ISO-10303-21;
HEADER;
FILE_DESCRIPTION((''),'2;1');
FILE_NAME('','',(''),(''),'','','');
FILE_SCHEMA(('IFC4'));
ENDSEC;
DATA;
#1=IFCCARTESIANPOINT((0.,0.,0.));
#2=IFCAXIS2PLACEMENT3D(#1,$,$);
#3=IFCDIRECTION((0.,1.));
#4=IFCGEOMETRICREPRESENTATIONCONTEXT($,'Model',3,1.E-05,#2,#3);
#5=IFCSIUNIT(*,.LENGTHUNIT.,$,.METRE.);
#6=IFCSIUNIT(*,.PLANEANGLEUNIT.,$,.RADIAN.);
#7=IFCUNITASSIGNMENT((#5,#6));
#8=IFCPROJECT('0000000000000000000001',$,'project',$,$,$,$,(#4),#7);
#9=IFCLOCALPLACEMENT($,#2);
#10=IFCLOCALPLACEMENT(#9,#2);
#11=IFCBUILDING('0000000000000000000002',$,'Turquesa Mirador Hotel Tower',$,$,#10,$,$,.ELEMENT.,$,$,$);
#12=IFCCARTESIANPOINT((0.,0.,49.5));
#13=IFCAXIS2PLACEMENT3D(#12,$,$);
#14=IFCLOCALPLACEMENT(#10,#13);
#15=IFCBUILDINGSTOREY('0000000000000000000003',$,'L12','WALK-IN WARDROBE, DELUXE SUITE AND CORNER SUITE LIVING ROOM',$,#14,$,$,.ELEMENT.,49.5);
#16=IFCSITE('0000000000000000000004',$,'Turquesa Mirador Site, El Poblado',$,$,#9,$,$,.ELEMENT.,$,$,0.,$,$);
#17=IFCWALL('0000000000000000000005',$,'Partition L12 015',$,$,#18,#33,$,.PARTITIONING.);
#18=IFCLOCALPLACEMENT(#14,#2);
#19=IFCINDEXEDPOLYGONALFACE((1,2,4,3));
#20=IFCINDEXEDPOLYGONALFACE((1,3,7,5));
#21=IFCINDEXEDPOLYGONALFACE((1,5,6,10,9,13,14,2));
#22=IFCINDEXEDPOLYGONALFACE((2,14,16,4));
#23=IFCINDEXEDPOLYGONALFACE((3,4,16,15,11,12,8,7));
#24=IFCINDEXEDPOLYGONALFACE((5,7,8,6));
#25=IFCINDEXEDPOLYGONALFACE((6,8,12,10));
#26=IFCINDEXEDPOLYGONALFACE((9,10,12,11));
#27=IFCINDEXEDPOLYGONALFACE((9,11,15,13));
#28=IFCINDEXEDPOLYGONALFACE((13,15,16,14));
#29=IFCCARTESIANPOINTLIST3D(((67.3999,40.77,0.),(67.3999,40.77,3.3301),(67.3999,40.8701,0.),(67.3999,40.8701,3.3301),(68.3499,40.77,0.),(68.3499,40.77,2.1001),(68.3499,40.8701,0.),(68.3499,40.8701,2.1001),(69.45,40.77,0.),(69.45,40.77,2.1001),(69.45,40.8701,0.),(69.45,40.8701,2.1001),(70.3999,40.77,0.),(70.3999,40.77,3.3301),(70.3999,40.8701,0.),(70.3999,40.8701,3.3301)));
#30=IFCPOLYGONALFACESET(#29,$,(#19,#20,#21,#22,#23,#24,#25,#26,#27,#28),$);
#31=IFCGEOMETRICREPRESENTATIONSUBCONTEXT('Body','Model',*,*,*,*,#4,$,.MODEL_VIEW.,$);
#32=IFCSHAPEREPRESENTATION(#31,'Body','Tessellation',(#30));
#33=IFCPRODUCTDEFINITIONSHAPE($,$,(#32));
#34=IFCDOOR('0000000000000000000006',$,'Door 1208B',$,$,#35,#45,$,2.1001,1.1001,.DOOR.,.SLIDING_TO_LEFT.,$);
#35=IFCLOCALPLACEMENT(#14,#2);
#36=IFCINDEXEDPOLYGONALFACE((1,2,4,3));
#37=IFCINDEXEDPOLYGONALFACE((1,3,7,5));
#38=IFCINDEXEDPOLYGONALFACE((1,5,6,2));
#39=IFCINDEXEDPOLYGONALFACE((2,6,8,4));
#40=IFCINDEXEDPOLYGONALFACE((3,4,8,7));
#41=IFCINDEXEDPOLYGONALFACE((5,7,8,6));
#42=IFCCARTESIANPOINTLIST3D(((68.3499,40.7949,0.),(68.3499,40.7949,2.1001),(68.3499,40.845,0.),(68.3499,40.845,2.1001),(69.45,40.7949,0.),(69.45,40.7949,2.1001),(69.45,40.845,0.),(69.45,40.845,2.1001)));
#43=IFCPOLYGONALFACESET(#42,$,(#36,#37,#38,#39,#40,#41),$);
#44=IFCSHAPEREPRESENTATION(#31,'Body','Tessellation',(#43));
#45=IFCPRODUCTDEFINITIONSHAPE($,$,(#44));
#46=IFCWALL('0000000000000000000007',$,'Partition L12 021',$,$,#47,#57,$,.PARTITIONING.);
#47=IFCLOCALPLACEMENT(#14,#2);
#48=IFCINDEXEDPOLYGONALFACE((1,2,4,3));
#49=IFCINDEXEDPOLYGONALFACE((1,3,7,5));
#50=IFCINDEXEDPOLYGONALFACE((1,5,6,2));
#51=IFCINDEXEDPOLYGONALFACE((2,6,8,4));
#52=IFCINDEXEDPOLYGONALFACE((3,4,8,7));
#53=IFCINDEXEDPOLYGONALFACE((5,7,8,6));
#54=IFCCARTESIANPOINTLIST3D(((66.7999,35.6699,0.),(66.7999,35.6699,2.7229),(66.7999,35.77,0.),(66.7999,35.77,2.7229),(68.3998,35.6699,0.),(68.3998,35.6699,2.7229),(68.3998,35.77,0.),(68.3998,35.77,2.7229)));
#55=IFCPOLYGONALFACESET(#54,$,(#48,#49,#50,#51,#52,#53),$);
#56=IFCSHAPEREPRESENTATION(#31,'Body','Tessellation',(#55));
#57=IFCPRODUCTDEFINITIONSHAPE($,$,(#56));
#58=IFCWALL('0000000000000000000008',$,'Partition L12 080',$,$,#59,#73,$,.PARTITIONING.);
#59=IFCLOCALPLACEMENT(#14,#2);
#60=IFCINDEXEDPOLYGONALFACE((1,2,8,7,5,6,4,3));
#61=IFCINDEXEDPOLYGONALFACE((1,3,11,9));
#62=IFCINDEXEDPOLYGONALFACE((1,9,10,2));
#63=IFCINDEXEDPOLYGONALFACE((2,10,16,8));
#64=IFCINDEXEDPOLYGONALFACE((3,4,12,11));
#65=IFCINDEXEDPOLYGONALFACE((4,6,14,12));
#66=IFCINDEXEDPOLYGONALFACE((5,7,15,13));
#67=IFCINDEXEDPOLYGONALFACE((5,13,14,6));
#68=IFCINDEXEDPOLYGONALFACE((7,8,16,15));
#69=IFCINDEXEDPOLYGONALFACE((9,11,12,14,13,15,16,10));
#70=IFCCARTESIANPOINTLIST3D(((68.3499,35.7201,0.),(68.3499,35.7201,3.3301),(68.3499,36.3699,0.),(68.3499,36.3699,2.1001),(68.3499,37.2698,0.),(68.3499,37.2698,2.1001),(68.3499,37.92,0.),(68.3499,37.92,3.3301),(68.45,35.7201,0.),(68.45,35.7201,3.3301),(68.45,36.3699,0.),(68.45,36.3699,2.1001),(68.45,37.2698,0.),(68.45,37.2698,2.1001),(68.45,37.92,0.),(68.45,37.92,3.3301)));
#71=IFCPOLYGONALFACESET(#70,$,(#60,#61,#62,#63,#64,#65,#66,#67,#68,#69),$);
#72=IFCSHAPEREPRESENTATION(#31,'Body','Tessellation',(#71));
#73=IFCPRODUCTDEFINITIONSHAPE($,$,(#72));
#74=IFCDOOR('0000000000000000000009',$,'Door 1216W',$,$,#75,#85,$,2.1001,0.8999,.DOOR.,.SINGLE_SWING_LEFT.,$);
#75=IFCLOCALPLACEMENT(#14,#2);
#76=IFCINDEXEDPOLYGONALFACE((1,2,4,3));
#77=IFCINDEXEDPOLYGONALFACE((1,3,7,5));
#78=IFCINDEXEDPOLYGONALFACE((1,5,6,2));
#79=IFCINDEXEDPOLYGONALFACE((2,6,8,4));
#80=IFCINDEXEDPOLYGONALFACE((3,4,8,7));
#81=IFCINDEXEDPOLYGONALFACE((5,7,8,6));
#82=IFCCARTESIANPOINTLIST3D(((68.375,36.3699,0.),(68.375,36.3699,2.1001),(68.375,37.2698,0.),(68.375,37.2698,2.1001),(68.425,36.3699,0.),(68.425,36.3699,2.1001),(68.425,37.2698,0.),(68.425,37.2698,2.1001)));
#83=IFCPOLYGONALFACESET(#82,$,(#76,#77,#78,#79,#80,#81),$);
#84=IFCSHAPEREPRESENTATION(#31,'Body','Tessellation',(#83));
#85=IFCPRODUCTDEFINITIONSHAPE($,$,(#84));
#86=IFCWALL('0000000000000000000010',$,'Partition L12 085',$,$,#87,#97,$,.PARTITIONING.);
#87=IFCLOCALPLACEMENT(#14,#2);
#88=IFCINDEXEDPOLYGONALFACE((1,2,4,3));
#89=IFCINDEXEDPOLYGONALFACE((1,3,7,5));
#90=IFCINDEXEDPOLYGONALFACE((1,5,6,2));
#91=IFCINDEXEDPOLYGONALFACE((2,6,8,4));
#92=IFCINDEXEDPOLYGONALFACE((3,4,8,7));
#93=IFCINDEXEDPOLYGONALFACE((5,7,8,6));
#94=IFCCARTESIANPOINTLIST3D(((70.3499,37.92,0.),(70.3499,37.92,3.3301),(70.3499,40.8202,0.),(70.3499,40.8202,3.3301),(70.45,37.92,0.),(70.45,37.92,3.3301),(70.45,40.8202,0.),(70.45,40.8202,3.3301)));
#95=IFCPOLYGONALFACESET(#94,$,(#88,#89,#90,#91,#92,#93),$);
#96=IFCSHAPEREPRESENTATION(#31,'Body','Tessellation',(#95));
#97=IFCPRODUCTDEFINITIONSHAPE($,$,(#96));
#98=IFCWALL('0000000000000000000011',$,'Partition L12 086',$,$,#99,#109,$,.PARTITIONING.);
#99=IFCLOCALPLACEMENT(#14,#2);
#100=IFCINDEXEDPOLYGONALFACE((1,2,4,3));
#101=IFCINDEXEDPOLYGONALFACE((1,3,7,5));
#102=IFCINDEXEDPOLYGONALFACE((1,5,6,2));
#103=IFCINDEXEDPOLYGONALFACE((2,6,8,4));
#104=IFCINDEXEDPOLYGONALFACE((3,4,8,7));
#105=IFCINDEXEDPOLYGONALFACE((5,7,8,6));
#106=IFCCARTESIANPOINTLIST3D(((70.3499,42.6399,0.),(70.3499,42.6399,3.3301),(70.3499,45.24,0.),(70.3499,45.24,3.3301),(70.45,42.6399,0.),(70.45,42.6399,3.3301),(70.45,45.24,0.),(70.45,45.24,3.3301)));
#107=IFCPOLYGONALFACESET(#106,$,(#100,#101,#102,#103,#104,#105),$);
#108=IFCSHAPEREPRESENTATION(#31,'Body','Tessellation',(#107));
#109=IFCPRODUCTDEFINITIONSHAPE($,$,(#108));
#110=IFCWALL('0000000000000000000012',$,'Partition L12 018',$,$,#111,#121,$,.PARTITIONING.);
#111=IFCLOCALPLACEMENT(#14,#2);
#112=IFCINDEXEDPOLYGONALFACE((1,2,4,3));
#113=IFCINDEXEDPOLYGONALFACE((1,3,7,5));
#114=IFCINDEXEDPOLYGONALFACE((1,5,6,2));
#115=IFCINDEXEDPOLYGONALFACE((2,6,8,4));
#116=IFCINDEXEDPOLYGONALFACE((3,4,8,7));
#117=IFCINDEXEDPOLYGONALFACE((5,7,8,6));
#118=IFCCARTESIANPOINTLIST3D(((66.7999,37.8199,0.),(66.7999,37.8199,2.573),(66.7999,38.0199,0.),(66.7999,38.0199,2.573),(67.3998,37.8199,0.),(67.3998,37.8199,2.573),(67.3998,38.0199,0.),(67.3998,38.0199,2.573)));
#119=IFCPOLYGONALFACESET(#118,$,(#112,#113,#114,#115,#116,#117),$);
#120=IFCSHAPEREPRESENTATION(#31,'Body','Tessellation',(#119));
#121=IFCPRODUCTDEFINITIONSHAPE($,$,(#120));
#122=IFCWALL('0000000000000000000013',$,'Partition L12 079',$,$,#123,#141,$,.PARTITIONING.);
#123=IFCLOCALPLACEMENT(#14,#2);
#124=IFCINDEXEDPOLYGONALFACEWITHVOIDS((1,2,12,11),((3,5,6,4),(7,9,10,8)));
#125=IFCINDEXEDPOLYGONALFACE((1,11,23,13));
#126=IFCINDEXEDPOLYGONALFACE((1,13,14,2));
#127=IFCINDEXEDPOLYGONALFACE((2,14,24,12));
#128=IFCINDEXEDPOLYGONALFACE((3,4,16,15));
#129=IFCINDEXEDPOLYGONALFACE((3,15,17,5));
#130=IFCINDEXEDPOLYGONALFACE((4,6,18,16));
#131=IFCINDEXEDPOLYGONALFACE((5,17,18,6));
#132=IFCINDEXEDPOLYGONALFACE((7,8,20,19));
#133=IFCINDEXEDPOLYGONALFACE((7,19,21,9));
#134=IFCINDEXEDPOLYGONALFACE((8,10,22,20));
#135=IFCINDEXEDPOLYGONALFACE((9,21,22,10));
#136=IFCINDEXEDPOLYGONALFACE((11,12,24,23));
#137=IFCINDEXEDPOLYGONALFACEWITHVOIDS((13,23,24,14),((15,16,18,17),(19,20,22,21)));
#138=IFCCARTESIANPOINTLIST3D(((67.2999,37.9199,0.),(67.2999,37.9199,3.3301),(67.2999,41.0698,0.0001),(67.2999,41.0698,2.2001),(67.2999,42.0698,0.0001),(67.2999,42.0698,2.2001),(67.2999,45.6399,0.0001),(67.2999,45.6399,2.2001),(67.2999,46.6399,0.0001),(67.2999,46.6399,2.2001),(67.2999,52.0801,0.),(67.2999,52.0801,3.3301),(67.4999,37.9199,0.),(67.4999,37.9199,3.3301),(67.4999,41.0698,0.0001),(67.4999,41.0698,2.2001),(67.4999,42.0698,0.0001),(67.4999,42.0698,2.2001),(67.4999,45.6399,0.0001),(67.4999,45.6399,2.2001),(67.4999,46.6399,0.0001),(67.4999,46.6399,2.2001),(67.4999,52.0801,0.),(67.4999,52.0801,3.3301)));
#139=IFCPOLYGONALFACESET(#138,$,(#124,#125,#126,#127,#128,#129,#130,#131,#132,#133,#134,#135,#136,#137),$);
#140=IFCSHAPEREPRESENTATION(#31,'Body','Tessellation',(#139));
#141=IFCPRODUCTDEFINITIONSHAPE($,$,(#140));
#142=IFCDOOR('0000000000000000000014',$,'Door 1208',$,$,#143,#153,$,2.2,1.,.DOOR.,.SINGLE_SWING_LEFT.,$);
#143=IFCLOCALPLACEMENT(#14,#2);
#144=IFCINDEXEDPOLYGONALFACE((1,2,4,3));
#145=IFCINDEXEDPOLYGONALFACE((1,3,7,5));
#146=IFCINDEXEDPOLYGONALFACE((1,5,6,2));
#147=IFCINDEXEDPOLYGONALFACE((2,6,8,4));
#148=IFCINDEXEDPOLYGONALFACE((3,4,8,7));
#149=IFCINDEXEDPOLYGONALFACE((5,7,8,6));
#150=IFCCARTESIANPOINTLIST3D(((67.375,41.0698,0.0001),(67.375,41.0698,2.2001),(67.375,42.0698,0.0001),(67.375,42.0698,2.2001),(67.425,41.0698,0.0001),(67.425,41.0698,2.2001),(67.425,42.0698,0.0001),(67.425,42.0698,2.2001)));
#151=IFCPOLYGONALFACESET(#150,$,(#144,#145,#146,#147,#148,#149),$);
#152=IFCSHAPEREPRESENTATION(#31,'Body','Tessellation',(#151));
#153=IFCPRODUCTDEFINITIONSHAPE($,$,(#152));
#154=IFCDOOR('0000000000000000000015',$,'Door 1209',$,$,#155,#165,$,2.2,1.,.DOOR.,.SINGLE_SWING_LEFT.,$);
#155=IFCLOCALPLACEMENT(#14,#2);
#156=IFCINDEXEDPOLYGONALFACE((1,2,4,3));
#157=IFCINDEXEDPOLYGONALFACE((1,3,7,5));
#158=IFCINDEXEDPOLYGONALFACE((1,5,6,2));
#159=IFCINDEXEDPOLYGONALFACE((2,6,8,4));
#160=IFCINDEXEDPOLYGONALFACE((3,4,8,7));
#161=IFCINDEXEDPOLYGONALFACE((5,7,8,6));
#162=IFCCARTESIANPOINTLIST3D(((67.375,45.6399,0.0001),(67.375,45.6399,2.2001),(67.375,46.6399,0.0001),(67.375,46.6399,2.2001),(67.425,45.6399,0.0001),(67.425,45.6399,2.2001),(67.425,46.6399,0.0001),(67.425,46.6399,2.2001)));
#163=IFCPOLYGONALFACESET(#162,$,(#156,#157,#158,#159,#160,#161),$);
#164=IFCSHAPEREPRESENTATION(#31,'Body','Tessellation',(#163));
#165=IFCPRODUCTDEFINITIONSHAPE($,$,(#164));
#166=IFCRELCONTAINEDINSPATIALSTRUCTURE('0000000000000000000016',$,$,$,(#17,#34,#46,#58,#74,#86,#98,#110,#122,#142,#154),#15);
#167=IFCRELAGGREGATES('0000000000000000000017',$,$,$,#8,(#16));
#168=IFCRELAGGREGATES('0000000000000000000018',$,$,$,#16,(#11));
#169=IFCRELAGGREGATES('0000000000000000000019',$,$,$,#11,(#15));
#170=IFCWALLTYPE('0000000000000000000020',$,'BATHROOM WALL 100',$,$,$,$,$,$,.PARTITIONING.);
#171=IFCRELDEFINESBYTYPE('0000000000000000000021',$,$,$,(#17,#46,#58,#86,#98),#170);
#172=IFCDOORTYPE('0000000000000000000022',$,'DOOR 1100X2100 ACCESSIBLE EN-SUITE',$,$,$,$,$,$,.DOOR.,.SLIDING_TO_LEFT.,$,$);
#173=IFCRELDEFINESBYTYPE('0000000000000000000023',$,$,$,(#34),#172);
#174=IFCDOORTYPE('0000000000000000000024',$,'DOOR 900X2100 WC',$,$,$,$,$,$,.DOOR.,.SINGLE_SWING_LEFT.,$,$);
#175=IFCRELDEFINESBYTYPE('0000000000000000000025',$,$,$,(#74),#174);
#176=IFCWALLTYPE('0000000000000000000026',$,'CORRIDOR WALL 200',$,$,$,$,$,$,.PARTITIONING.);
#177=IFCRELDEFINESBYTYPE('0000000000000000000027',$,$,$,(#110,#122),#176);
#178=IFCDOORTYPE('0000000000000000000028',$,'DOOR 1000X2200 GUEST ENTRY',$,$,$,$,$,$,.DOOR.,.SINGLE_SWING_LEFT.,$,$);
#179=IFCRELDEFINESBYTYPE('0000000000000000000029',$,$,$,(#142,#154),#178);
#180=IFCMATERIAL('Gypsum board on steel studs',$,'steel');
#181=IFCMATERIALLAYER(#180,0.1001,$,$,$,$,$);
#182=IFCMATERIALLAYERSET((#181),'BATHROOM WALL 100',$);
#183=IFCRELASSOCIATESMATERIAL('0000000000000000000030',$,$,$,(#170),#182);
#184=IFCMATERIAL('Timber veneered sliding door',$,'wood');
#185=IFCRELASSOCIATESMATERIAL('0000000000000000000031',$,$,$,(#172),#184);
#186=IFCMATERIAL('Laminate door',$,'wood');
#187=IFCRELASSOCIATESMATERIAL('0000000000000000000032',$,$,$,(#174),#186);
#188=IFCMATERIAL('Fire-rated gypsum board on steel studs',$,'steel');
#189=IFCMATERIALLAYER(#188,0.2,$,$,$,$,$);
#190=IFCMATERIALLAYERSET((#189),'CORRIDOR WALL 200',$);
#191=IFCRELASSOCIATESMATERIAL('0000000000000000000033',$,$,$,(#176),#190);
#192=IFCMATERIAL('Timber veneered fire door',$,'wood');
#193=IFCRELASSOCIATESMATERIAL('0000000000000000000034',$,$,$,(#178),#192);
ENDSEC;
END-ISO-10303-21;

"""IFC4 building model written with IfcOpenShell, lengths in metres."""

from ifc_helpers import new_model, si_unit, direction, frame, frame_2d, origin, place, context, subcontext, project, spatial, rectangle, extrude, material, layer, layer_set, type_object, element, fill, save


model = new_model("IFC4")

# Units and contexts
model_context = context("Model", 3, precision=1e-05, world=origin(), true_north=direction((0.0, 1.0)))
body_context = subcontext(model_context, "Body", "Model", "MODEL_VIEW")
ifc_project = project(units=[si_unit("LENGTHUNIT", "METRE"), si_unit("PLANEANGLEUNIT", "RADIAN")], contexts=[model_context])

# Site, building, storey
site_placement = place(None, origin())
site = spatial("IfcSite", under=ifc_project, at=site_placement, Name="Turquesa Mirador Site, El Poblado", CompositionType="ELEMENT", RefElevation=0.0)
building_placement = place(site_placement, origin())
building = spatial("IfcBuilding", under=site, at=building_placement, Name="Turquesa Mirador Hotel Tower", CompositionType="ELEMENT")
storey_placement = place(building_placement, frame((0.0, 0.0, 49.5)))
storey = spatial("IfcBuildingStorey", under=building, at=storey_placement, Name="L12", Description="WALK-IN WARDROBE, DELUXE SUITE AND CORNER SUITE LIVING ROOM", CompositionType="ELEMENT", Elevation=49.5)

# Wall, opening, door
ifc_material_1 = material(Name="Gypsum board on steel studs", Category="steel")
ifc_layer_1 = layer(ifc_material_1, 0.1001)
ifc_layer_set_1 = layer_set([ifc_layer_1], Name="BATHROOM WALL 100")
wall_type_1 = type_object("IfcWallType", Name="BATHROOM WALL 100", PredefinedType="PARTITIONING", material=ifc_layer_set_1)
wall_1_placement = place(storey_placement, frame((67.3999, 40.8201, 0.0), z_axis=(0.0, 0.0, 1.0), x_axis=(1.0, 0.0, 0.0)))
wall_1 = element("IfcWall", 1, at=wall_1_placement, inside=storey, type_object=wall_type_1, Name="Partition L12 015", PredefinedType="PARTITIONING", context=body_context, shape_type="SweptSolid", body=[
    extrude(rectangle(XDim=3.0, YDim=0.1001, at=frame_2d((1.5, 0.0))), origin(), (0.0, 0.0, 1.0), 3.3301),
])
opening_1_placement = place(wall_1_placement, frame((0.95, 0.0, 0.0)))
opening_1 = element("IfcOpeningElement", 2, at=opening_1_placement, cuts=wall_1, PredefinedType="OPENING", context=body_context, shape_type="SweptSolid", body=[
    extrude(rectangle(XDim=1.1001, YDim=2.1001, at=frame_2d((0.55, 1.05))), frame((0.0, 0.0601, 0.0), z_axis=(0.0, -1.0, 0.0), x_axis=(1.0, 0.0, 0.0)), (0.0, 0.0, 1.0), 0.1201),
])
ifc_material_2 = material(Name="Timber veneered sliding door", Category="wood")
door_type_1 = type_object("IfcDoorType", Name="DOOR 1100X2100 ACCESSIBLE EN-SUITE", OperationType="SLIDING_TO_LEFT", PredefinedType="DOOR", material=ifc_material_2)
door_1_placement = place(opening_1_placement, origin())
door_1 = element("IfcDoor", 3, at=door_1_placement, inside=storey, type_object=door_type_1, Name="Door 1208B", OperationType="SLIDING_TO_LEFT", OverallHeight=2.1001, OverallWidth=1.1001, PredefinedType="DOOR", context=body_context, shape_type="SweptSolid", body=[
    extrude(rectangle(XDim=1.1001, YDim=2.1001, at=frame_2d((0.55, 1.05))), frame((0.0, 0.0249, 0.0), z_axis=(0.0, -1.0, 0.0), x_axis=(1.0, 0.0, 0.0)), (0.0, 0.0, 1.0), 0.05),
])
fill(opening_1, door_1)

# Wall
wall_2_placement = place(storey_placement, frame((66.8, 35.72, 0.0), z_axis=(0.0, 0.0, 1.0), x_axis=(1.0, 0.0, 0.0)))
element("IfcWall", 4, at=wall_2_placement, inside=storey, type_object=wall_type_1, Name="Partition L12 021", PredefinedType="PARTITIONING", context=body_context, shape_type="SweptSolid", body=[
    extrude(rectangle(XDim=1.5999, YDim=0.1001, at=frame_2d((0.7998, 0.0))), origin(), (0.0, 0.0, 1.0), 2.7229),
])

# Wall, opening, door
wall_3_placement = place(storey_placement, frame((68.3999, 35.72, 0.0), z_axis=(0.0, 0.0, 1.0), x_axis=(0.0, 1.0, 0.0)))
wall_3 = element("IfcWall", 5, at=wall_3_placement, inside=storey, type_object=wall_type_1, Name="Partition L12 080", PredefinedType="PARTITIONING", context=body_context, shape_type="SweptSolid", body=[
    extrude(rectangle(XDim=2.2, YDim=0.1001, at=frame_2d((1.1001, 0.0))), origin(), (0.0, 0.0, 1.0), 3.3301),
])
opening_2_placement = place(wall_3_placement, frame((0.6499, 0.0, 0.0)))
opening_2 = element("IfcOpeningElement", 6, at=opening_2_placement, cuts=wall_3, PredefinedType="OPENING", context=body_context, shape_type="SweptSolid", body=[
    extrude(rectangle(XDim=0.8999, YDim=2.1001, at=frame_2d((0.45, 1.05))), frame((0.0, 0.0601, 0.0), z_axis=(0.0, -1.0, 0.0), x_axis=(1.0, 0.0, 0.0)), (0.0, 0.0, 1.0), 0.1201),
])
ifc_material_3 = material(Name="Laminate door", Category="wood")
door_type_2 = type_object("IfcDoorType", Name="DOOR 900X2100 WC", OperationType="SINGLE_SWING_LEFT", PredefinedType="DOOR", material=ifc_material_3)
door_2_placement = place(opening_2_placement, origin())
door_2 = element("IfcDoor", 7, at=door_2_placement, inside=storey, type_object=door_type_2, Name="Door 1216W", OperationType="SINGLE_SWING_LEFT", OverallHeight=2.1001, OverallWidth=0.8999, PredefinedType="DOOR", context=body_context, shape_type="SweptSolid", body=[
    extrude(rectangle(XDim=0.8999, YDim=2.1001, at=frame_2d((0.45, 1.05))), frame((0.0, 0.0249, 0.0), z_axis=(0.0, -1.0, 0.0), x_axis=(1.0, 0.0, 0.0)), (0.0, 0.0, 1.0), 0.05),
])
fill(opening_2, door_2)

# Walls
wall_4_placement = place(storey_placement, frame((70.3999, 37.9199, 0.0), z_axis=(0.0, 0.0, 1.0), x_axis=(0.0, 1.0, 0.0)))
element("IfcWall", 8, at=wall_4_placement, inside=storey, type_object=wall_type_1, Name="Partition L12 085", PredefinedType="PARTITIONING", context=body_context, shape_type="SweptSolid", body=[
    extrude(rectangle(XDim=2.9001, YDim=0.1001, at=frame_2d((1.4502, 0.0))), origin(), (0.0, 0.0, 1.0), 3.3301),
])
wall_5_placement = place(storey_placement, frame((70.3999, 42.6399, 0.0), z_axis=(0.0, 0.0, 1.0), x_axis=(0.0, 1.0, 0.0)))
element("IfcWall", 9, at=wall_5_placement, inside=storey, type_object=wall_type_1, Name="Partition L12 086", PredefinedType="PARTITIONING", context=body_context, shape_type="SweptSolid", body=[
    extrude(rectangle(XDim=2.6001, YDim=0.1001, at=frame_2d((1.3, 0.0))), origin(), (0.0, 0.0, 1.0), 3.3301),
])
ifc_material_4 = material(Name="Fire-rated gypsum board on steel studs", Category="steel")
ifc_layer_2 = layer(ifc_material_4, 0.2)
ifc_layer_set_2 = layer_set([ifc_layer_2], Name="CORRIDOR WALL 200")
wall_type_2 = type_object("IfcWallType", Name="CORRIDOR WALL 200", PredefinedType="PARTITIONING", material=ifc_layer_set_2)
wall_6_placement = place(storey_placement, frame((66.8, 37.9199, 0.0), z_axis=(0.0, 0.0, 1.0), x_axis=(1.0, 0.0, 0.0)))
element("IfcWall", 10, at=wall_6_placement, inside=storey, type_object=wall_type_2, Name="Partition L12 018", PredefinedType="PARTITIONING", context=body_context, shape_type="SweptSolid", body=[
    extrude(rectangle(XDim=0.5999, YDim=0.2, at=frame_2d((0.2998, 0.0))), origin(), (0.0, 0.0, 1.0), 2.573),
])

# Wall, openings, doors
wall_7_placement = place(storey_placement, frame((67.3999, 37.9199, 0.0), z_axis=(0.0, 0.0, 1.0), x_axis=(0.0, 1.0, 0.0)))
wall_7 = element("IfcWall", 11, at=wall_7_placement, inside=storey, type_object=wall_type_2, Name="Partition L12 079", PredefinedType="PARTITIONING", context=body_context, shape_type="SweptSolid", body=[
    extrude(rectangle(XDim=14.1602, YDim=0.2, at=frame_2d((7.0801, 0.0))), origin(), (0.0, 0.0, 1.0), 3.3301),
])
opening_3_placement = place(wall_7_placement, frame((3.1499, 0.0, 0.0)))
opening_3 = element("IfcOpeningElement", 12, at=opening_3_placement, cuts=wall_7, PredefinedType="OPENING", context=body_context, shape_type="SweptSolid", body=[
    extrude(rectangle(XDim=1.0, YDim=2.2, at=frame_2d((0.5, 1.1001))), frame((0.0, 0.1099, 0.0), z_axis=(0.0, -1.0, 0.0), x_axis=(1.0, 0.0, 0.0)), (0.0, 0.0, 1.0), 0.22),
])
opening_4_placement = place(wall_7_placement, frame((7.72, 0.0, 0.0)))
opening_4 = element("IfcOpeningElement", 13, at=opening_4_placement, cuts=wall_7, PredefinedType="OPENING", context=body_context, shape_type="SweptSolid", body=[
    extrude(rectangle(XDim=1.0, YDim=2.2, at=frame_2d((0.5, 1.1001))), frame((0.0, 0.1099, 0.0), z_axis=(0.0, -1.0, 0.0), x_axis=(1.0, 0.0, 0.0)), (0.0, 0.0, 1.0), 0.22),
])
ifc_material_5 = material(Name="Timber veneered fire door", Category="wood")
door_type_3 = type_object("IfcDoorType", Name="DOOR 1000X2200 GUEST ENTRY", OperationType="SINGLE_SWING_LEFT", PredefinedType="DOOR", material=ifc_material_5)
door_3_placement = place(opening_3_placement, origin())
door_3 = element("IfcDoor", 14, at=door_3_placement, inside=storey, type_object=door_type_3, Name="Door 1208", OperationType="SINGLE_SWING_LEFT", OverallHeight=2.2, OverallWidth=1.0, PredefinedType="DOOR", context=body_context, shape_type="SweptSolid", body=[
    extrude(rectangle(XDim=1.0, YDim=2.2, at=frame_2d((0.5, 1.1001))), frame((0.0, 0.0249, 0.0), z_axis=(0.0, -1.0, 0.0), x_axis=(1.0, 0.0, 0.0)), (0.0, 0.0, 1.0), 0.05),
])
fill(opening_3, door_3)
door_4_placement = place(opening_4_placement, origin())
door_4 = element("IfcDoor", 15, at=door_4_placement, inside=storey, type_object=door_type_3, Name="Door 1209", OperationType="SINGLE_SWING_LEFT", OverallHeight=2.2, OverallWidth=1.0, PredefinedType="DOOR", context=body_context, shape_type="SweptSolid", body=[
    extrude(rectangle(XDim=1.0, YDim=2.2, at=frame_2d((0.5, 1.1001))), frame((0.0, 0.0249, 0.0), z_axis=(0.0, -1.0, 0.0), x_axis=(1.0, 0.0, 0.0)), (0.0, 0.0, 1.0), 0.05),
])
fill(opening_4, door_4)

save(model, "model.ifc")
